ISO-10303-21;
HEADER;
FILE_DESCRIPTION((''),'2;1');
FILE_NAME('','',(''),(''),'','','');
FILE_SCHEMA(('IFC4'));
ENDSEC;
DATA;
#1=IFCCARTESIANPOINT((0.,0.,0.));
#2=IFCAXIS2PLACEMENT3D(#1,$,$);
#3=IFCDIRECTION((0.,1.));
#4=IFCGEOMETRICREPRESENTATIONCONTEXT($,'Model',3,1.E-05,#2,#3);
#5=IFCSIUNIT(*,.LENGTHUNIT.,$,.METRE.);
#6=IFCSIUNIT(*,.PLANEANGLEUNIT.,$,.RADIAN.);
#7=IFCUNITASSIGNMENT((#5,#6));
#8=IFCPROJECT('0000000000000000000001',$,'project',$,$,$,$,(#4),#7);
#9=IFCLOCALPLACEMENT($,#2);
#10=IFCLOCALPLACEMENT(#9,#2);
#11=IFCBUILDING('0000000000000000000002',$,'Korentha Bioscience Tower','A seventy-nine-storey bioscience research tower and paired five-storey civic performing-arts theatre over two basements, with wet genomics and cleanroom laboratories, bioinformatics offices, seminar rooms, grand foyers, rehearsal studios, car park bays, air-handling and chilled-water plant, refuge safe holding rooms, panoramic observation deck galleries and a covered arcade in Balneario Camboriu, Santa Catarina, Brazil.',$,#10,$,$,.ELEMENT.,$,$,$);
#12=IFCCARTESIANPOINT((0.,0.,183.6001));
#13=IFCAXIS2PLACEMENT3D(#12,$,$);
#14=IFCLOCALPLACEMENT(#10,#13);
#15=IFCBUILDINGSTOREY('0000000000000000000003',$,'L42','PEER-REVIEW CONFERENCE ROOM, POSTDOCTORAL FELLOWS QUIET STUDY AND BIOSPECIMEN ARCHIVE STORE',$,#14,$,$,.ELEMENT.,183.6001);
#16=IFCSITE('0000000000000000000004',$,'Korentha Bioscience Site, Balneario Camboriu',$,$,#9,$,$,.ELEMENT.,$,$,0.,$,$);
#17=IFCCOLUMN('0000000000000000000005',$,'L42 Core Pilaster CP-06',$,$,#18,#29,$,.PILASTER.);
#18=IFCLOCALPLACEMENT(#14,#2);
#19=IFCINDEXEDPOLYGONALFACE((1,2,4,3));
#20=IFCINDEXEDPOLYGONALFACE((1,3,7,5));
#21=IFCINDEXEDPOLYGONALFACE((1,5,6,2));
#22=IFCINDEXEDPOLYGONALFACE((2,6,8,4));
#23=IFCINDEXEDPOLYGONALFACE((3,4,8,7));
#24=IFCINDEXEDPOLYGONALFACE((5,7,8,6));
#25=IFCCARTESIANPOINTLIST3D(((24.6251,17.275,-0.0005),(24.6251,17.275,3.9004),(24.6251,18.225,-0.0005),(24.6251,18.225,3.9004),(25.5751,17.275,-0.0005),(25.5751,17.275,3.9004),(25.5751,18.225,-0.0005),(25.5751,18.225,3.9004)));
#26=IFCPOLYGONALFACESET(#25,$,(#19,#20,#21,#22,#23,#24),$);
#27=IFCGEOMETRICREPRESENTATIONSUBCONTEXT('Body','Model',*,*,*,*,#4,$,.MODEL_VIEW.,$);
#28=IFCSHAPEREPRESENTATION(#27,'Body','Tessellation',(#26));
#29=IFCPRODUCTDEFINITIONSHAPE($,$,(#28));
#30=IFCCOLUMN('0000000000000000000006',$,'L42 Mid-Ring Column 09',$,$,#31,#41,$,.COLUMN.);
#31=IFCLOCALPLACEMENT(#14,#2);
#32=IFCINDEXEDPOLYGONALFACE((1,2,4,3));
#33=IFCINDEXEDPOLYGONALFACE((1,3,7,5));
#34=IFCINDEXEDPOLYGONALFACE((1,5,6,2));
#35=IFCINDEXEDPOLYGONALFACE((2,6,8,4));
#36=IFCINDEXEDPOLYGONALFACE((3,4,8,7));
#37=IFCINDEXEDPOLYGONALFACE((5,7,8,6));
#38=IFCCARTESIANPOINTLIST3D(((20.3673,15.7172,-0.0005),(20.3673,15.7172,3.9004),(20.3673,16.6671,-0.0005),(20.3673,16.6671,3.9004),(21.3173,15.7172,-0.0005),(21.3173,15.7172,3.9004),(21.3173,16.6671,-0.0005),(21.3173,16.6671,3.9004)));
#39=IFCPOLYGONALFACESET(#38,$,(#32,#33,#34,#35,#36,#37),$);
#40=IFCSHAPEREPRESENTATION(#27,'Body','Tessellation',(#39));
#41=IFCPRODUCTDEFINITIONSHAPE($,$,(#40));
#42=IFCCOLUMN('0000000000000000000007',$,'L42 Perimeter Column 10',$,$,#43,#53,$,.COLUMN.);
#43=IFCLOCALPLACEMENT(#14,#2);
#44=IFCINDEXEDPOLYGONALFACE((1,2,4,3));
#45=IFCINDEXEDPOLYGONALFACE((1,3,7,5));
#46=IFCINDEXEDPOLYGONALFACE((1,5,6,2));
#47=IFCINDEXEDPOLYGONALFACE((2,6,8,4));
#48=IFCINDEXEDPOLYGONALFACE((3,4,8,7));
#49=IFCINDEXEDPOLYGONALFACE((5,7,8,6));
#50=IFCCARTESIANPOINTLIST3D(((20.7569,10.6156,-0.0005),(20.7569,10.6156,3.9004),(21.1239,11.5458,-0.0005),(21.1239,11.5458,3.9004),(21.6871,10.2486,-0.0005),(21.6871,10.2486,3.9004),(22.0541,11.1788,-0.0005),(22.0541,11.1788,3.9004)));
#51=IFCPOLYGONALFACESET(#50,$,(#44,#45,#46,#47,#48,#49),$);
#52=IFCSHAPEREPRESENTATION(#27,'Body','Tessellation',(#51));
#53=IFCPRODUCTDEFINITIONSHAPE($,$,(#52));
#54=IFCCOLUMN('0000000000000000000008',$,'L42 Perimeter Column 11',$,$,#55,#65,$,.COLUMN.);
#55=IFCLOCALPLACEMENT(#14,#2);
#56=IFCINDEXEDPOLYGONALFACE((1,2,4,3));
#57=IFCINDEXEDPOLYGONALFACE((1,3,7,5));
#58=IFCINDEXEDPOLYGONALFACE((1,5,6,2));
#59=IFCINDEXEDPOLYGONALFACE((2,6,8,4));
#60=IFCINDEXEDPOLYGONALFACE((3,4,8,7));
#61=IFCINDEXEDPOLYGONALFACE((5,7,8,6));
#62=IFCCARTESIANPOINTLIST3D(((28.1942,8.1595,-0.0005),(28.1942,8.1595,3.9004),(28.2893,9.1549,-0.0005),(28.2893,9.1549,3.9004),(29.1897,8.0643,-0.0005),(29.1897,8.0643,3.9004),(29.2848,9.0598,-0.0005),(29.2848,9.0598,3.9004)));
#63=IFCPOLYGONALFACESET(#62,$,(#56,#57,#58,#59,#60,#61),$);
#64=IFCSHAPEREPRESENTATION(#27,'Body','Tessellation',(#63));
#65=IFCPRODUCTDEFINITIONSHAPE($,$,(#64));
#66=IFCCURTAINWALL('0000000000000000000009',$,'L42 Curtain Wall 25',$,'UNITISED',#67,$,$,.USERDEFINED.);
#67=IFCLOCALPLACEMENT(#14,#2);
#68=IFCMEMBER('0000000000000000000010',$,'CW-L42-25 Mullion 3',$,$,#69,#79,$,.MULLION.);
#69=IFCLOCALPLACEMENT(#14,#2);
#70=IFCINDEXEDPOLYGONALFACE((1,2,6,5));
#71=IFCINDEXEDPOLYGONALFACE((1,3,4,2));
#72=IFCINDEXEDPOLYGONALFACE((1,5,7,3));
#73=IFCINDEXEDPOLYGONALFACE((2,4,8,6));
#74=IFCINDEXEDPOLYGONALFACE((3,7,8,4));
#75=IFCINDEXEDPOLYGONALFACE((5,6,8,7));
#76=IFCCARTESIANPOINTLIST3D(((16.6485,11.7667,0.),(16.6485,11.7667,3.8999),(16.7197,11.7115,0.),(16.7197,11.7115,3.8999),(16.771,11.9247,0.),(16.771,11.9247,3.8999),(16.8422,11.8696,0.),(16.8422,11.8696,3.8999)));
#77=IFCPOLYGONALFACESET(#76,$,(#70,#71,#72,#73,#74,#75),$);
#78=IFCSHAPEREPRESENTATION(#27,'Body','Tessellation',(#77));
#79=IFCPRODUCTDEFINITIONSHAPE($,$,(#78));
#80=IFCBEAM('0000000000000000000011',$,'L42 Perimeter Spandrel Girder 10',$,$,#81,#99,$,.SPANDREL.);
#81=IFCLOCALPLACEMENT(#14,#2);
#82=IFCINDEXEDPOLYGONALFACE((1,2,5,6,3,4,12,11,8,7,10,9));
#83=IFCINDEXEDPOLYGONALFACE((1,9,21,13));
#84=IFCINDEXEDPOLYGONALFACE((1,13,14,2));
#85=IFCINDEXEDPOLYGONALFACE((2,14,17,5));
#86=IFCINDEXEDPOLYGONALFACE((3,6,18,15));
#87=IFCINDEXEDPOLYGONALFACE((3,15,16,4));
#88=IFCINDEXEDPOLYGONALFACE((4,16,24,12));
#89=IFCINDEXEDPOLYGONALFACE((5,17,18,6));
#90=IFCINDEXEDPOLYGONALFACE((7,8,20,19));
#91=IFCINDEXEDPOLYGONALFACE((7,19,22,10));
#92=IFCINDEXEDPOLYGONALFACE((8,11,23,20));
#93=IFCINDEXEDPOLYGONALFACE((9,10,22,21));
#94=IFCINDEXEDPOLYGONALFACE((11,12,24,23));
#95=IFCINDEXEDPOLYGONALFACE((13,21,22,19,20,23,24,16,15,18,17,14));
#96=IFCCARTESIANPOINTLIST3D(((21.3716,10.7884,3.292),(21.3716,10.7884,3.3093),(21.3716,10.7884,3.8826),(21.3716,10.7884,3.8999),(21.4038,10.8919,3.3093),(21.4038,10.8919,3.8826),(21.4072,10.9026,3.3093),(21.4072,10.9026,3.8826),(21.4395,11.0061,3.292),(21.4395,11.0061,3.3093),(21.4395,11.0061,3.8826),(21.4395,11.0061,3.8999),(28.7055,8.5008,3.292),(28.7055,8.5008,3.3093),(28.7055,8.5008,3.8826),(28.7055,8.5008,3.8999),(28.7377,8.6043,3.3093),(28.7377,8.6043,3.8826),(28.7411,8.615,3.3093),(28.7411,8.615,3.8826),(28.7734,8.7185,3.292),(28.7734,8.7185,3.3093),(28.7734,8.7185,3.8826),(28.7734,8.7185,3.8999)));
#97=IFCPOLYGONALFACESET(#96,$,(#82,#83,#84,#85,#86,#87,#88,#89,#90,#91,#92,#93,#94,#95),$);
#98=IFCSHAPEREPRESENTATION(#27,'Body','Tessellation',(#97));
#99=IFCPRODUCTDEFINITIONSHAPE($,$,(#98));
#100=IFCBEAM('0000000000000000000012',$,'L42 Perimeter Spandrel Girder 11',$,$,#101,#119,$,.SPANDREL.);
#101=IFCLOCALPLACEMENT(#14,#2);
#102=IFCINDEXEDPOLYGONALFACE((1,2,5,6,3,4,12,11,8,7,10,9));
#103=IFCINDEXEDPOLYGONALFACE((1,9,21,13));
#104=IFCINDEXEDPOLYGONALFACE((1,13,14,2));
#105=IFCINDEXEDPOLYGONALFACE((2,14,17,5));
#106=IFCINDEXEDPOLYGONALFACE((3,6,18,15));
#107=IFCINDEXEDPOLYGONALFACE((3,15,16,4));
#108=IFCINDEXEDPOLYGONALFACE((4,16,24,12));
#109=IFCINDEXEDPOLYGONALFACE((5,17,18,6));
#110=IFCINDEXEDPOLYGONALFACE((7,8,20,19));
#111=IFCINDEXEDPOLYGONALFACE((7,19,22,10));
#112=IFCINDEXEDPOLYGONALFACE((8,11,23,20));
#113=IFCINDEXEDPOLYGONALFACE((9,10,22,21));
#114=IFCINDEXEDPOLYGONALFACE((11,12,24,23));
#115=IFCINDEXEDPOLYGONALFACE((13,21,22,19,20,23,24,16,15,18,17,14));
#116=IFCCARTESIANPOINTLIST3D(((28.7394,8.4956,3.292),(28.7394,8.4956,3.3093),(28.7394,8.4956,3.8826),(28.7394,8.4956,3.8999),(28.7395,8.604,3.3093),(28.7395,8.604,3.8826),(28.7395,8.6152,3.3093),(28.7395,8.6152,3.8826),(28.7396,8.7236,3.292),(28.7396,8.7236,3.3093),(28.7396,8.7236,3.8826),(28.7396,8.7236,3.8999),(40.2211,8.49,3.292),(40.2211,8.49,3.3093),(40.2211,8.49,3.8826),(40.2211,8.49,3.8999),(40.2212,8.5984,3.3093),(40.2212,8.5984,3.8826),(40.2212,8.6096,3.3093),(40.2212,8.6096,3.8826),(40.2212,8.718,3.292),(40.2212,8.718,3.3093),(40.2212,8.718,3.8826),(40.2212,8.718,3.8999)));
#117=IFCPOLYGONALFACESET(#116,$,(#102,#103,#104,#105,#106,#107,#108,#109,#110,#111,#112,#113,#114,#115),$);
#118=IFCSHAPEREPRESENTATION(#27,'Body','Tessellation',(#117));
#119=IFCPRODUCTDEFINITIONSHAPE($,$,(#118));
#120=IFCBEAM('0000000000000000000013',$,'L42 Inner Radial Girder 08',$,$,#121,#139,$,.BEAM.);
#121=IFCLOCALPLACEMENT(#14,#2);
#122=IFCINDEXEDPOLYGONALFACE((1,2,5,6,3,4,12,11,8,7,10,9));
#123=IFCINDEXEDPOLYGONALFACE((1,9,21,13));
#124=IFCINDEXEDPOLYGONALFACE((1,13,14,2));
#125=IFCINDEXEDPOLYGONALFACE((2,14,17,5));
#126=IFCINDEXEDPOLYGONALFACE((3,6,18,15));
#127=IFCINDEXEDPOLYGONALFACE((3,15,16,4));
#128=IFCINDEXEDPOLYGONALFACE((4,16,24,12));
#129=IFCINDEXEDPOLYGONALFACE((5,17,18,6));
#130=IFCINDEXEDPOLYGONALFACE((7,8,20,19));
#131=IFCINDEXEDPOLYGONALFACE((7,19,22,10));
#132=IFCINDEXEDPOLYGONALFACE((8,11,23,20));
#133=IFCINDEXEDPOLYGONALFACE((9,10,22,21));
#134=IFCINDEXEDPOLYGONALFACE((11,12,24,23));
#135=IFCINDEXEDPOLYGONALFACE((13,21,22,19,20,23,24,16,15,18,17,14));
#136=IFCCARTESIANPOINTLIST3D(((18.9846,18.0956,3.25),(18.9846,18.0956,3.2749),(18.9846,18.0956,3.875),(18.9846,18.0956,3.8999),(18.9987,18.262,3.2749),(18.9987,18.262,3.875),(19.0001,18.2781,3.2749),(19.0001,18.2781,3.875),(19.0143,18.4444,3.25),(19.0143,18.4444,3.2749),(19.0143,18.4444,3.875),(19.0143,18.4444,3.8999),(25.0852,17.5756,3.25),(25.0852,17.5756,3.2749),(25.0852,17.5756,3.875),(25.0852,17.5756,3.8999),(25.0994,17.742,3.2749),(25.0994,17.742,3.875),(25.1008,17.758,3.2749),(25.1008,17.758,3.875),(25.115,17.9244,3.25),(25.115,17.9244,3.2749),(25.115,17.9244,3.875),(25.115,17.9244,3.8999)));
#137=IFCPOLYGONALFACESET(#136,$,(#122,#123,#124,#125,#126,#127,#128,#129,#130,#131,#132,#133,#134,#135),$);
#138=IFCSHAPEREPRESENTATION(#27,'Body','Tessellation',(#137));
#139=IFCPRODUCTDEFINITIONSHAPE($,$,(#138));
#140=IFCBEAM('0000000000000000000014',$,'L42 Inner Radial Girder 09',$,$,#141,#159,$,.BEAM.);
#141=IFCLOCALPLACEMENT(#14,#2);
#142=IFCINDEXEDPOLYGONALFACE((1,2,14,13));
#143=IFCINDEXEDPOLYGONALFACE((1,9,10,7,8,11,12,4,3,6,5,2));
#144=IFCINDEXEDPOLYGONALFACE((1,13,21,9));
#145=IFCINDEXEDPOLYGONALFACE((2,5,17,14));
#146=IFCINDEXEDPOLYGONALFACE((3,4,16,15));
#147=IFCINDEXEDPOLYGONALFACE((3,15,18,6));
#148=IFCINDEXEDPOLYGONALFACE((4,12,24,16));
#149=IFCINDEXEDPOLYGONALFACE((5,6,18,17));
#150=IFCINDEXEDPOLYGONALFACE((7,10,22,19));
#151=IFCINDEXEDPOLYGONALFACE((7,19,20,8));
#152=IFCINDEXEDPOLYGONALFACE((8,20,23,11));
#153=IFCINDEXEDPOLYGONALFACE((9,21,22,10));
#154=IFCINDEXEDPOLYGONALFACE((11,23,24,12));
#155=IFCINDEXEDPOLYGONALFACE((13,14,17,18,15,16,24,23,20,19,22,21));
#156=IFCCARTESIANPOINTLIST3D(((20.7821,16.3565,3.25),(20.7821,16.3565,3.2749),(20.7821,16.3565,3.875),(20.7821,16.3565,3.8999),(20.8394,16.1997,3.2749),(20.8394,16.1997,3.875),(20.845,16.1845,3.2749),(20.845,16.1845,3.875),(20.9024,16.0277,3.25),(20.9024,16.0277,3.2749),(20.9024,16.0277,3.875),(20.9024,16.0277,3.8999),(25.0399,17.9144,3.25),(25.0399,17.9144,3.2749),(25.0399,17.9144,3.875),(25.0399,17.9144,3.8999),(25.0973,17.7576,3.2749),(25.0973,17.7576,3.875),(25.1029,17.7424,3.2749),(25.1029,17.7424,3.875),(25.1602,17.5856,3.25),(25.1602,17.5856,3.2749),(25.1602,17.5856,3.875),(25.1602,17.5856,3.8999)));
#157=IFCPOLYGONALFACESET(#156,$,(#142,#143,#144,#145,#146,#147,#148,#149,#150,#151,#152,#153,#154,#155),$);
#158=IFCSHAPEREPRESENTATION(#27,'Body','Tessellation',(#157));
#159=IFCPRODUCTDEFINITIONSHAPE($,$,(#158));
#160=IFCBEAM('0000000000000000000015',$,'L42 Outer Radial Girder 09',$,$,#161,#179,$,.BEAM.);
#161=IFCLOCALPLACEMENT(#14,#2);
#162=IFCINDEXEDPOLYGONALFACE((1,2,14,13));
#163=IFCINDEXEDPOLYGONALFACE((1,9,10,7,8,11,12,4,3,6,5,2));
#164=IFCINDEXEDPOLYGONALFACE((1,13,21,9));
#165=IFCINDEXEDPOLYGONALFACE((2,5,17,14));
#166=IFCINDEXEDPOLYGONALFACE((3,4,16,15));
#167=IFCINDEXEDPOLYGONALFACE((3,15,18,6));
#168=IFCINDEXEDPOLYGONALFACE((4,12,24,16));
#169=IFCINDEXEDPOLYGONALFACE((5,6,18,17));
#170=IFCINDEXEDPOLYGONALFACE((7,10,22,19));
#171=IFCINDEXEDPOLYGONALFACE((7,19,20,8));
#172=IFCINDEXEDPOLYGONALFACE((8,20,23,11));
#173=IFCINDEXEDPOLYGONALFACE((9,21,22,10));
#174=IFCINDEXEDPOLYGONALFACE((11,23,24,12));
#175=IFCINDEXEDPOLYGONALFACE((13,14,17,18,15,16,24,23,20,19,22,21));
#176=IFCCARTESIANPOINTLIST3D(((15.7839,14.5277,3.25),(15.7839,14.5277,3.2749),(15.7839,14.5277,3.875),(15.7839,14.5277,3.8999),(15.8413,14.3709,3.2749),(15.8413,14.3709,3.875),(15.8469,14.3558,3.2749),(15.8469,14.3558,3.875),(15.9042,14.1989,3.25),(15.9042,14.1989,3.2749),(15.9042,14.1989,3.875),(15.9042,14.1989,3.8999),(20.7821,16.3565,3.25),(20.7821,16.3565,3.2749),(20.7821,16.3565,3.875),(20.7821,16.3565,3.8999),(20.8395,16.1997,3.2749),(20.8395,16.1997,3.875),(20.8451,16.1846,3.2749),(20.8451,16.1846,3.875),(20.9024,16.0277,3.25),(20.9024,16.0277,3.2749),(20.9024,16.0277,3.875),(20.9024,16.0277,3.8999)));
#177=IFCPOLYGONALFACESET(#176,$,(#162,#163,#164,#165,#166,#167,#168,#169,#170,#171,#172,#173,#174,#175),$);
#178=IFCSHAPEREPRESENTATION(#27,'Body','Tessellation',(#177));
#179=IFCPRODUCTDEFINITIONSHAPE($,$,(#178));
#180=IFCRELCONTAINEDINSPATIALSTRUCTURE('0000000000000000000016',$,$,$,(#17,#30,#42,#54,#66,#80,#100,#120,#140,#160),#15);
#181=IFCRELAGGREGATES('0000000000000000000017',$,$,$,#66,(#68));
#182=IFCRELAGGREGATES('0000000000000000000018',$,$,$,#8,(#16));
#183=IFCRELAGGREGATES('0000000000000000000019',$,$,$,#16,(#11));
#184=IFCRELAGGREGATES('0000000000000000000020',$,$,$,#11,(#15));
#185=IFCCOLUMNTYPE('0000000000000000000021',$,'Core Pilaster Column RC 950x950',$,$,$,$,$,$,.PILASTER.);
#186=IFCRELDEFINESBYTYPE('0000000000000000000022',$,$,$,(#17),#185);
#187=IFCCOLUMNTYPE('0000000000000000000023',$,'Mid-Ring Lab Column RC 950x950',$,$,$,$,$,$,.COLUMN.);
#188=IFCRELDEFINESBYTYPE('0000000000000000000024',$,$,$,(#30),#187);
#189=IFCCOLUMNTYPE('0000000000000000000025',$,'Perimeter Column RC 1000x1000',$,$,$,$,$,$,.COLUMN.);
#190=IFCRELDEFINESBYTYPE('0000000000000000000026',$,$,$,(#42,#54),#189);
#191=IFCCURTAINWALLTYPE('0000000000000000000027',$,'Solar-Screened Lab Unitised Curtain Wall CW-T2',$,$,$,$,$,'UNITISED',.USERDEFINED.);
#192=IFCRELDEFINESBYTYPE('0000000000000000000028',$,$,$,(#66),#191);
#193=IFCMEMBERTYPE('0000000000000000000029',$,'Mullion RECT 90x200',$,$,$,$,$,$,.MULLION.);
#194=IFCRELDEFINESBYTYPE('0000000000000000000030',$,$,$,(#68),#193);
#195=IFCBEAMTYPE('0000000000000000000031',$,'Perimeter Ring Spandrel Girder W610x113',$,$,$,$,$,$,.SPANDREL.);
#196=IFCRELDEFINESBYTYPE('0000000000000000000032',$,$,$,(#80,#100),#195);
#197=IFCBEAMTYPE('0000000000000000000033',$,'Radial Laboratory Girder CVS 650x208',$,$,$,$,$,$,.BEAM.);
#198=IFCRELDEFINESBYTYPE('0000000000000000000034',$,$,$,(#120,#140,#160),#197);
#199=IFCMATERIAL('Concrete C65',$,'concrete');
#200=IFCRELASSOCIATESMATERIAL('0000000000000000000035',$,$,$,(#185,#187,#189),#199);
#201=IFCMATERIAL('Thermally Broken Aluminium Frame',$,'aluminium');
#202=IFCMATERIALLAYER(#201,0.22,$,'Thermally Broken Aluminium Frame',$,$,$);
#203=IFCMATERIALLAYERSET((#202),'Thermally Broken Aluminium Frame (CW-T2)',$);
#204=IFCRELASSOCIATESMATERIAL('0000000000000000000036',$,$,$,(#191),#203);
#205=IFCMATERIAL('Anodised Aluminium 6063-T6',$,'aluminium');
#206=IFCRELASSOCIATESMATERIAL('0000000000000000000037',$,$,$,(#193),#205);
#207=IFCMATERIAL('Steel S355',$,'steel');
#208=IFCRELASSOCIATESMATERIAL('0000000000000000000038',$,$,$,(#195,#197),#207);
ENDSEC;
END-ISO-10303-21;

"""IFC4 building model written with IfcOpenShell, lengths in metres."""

from ifc_helpers import new_model, si_unit, direction, frame, origin, origin_2d, place, context, subcontext, project, spatial, rectangle, i_section, extrude, material, layer, layer_set, material_profile, profile_set, type_object, element, aggregate, save


model = new_model("IFC4")

# Units and contexts
model_context = context("Model", 3, precision=1e-05, world=origin(), true_north=direction((0.0, 1.0)))
body_context = subcontext(model_context, "Body", "Model", "MODEL_VIEW")
ifc_project = project(units=[si_unit("LENGTHUNIT", "METRE"), si_unit("PLANEANGLEUNIT", "RADIAN")], contexts=[model_context])

# Site, building, storey
site_placement = place(None, origin())
site = spatial("IfcSite", under=ifc_project, at=site_placement, Name="Korentha Bioscience Site, Balneario Camboriu", CompositionType="ELEMENT", RefElevation=0.0)
building_placement = place(site_placement, origin())
building = spatial("IfcBuilding", under=site, at=building_placement, Name="Korentha Bioscience Tower", Description="A seventy-nine-storey bioscience research tower and paired five-storey civic performing-arts theatre over two basements, with wet genomics and cleanroom laboratories, bioinformatics offices, seminar rooms, grand foyers, rehearsal studios, car park bays, air-handling and chilled-water plant, refuge safe holding rooms, panoramic observation deck galleries and a covered arcade in Balneario Camboriu, Santa Catarina, Brazil.", CompositionType="ELEMENT")
storey_placement = place(building_placement, frame((0.0, 0.0, 183.6001)))
storey = spatial("IfcBuildingStorey", under=building, at=storey_placement, Name="L42", Description="PEER-REVIEW CONFERENCE ROOM, POSTDOCTORAL FELLOWS QUIET STUDY AND BIOSPECIMEN ARCHIVE STORE", CompositionType="ELEMENT", Elevation=183.6001)

# Columns
ifc_material_1 = material(Name="Concrete C65", Category="concrete")
ifc_material_profile_1 = material_profile(ifc_material_1, rectangle(XDim=0.95, YDim=0.95, at=origin_2d()), Name="Concrete C65")
ifc_profile_set_1 = profile_set([ifc_material_profile_1], Name="Concrete C65 (COL-CP09)")
column_type_1 = type_object("IfcColumnType", Name="Core Pilaster Column RC 950x950", PredefinedType="PILASTER", material=ifc_profile_set_1)
column_1_placement = place(storey_placement, frame((25.1001, 17.75, -0.0005), z_axis=(0.0, 0.0, 1.0), x_axis=(1.0, 0.0, 0.0)))
element("IfcColumn", 1, at=column_1_placement, inside=storey, type_object=column_type_1, Name="L42 Core Pilaster CP-06", PredefinedType="PILASTER", context=body_context, shape_type="SweptSolid", body=[
    extrude(rectangle(XDim=0.95, YDim=0.95, at=origin_2d()), origin(), (0.0, 0.0, 1.0), 3.9009),
])
ifc_material_profile_2 = material_profile(ifc_material_1, rectangle(XDim=0.95, YDim=0.95, at=origin_2d()), Name="Concrete C65")
ifc_profile_set_2 = profile_set([ifc_material_profile_2], Name="Concrete C65 (COL-MR09)")
column_type_2 = type_object("IfcColumnType", Name="Mid-Ring Lab Column RC 950x950", PredefinedType="COLUMN", material=ifc_profile_set_2)
column_2_placement = place(storey_placement, frame((20.8423, 16.1921, -0.0005), z_axis=(0.0, 0.0, 1.0), x_axis=(1.0, 0.0, 0.0)))
element("IfcColumn", 2, at=column_2_placement, inside=storey, type_object=column_type_2, Name="L42 Mid-Ring Column 09", PredefinedType="COLUMN", context=body_context, shape_type="SweptSolid", body=[
    extrude(rectangle(XDim=0.95, YDim=0.95, at=origin_2d()), origin(), (0.0, 0.0, 1.0), 3.9009),
])
ifc_material_profile_3 = material_profile(ifc_material_1, rectangle(XDim=1.0, YDim=1.0, at=origin_2d()), Name="Concrete C65")
ifc_profile_set_3 = profile_set([ifc_material_profile_3], Name="Concrete C65 (COL-P10)")
column_type_3 = type_object("IfcColumnType", Name="Perimeter Column RC 1000x1000", PredefinedType="COLUMN", material=ifc_profile_set_3)
for number, where, z_axis, x_axis, name in (
    (3, (21.4055, 10.8972, -0.0005), (0.0, 0.0, 1.0), (-0.930226, 0.366988, 0.0), "L42 Perimeter Column 10"),
    (4, (28.7395, 8.6096, -0.0005), (0.0, 0.0, 1.0), (-0.995463, 0.095151, 0.0), "L42 Perimeter Column 11"),
):
    element("IfcColumn", number, at=place(storey_placement, frame(where, z_axis=z_axis, x_axis=x_axis)), inside=storey, type_object=column_type_3, Name=name, PredefinedType="COLUMN", context=body_context, shape_type="SweptSolid", body=[
        extrude(rectangle(XDim=1.0, YDim=1.0, at=origin_2d()), origin(), (0.0, 0.0, 1.0), 3.9009),
    ])

# Curtain wall, member
ifc_material_2 = material(Name="Thermally Broken Aluminium Frame", Category="aluminium")
ifc_layer_1 = layer(ifc_material_2, 0.22, Name="Thermally Broken Aluminium Frame")
ifc_layer_set_1 = layer_set([ifc_layer_1], Name="Thermally Broken Aluminium Frame (CW-T2)")
curtain_wall_type = type_object("IfcCurtainWallType", Name="Solar-Screened Lab Unitised Curtain Wall CW-T2", ElementType="UNITISED", PredefinedType="USERDEFINED", material=ifc_layer_set_1)
curtain_wall_placement = place(storey_placement, origin())
curtain_wall = element("IfcCurtainWall", 5, at=curtain_wall_placement, inside=storey, type_object=curtain_wall_type, Name="L42 Curtain Wall 25", ObjectType="UNITISED", PredefinedType="USERDEFINED")
ifc_material_3 = material(Name="Anodised Aluminium 6063-T6", Category="aluminium")
ifc_material_profile_4 = material_profile(ifc_material_3, rectangle(XDim=0.0901, YDim=0.2, at=origin_2d()), Name="Anodised Aluminium 6063-T6")
ifc_profile_set_4 = profile_set([ifc_material_profile_4], Name="Anodised Aluminium 6063-T6 (CW-MUL)")
member_type = type_object("IfcMemberType", Name="Mullion RECT 90x200", PredefinedType="MULLION", material=ifc_profile_set_4)
member_placement = place(storey_placement, frame((16.7454, 11.8181, 0.0), z_axis=(0.0, 0.0, 1.0), x_axis=(0.790547, -0.612402, 0.0)))
member = element("IfcMember", 6, at=member_placement, type_object=member_type, Name="CW-L42-25 Mullion 3", PredefinedType="MULLION", context=body_context, shape_type="SweptSolid", body=[
    extrude(rectangle(XDim=0.0901, YDim=0.2, at=origin_2d()), origin(), (0.0, 0.0, 1.0), 3.8999),
])
aggregate(curtain_wall, [member])

# Beams
ifc_material_4 = material(Name="Steel S355", Category="steel")
ifc_material_profile_5 = material_profile(ifc_material_4, i_section(OverallWidth=0.228, OverallDepth=0.6079, WebThickness=0.0112, FlangeThickness=0.0173, at=origin_2d()), Name="Steel S355")
ifc_profile_set_5 = profile_set([ifc_material_profile_5], Name="Steel S355 (SB-610)")
beam_type_1 = type_object("IfcBeamType", Name="Perimeter Ring Spandrel Girder W610x113", PredefinedType="SPANDREL", material=ifc_profile_set_5)
beam_1_placement = place(storey_placement, frame((21.4055, 10.8972, 3.5959), z_axis=(0.954638, -0.297768, 0.0), x_axis=(0.297768, 0.954638, 0.0)))
element("IfcBeam", 7, at=beam_1_placement, inside=storey, type_object=beam_type_1, Name="L42 Perimeter Spandrel Girder 10", PredefinedType="SPANDREL", context=body_context, shape_type="SweptSolid", body=[
    extrude(i_section(OverallWidth=0.228, OverallDepth=0.6079, WebThickness=0.0112, FlangeThickness=0.0173, at=origin_2d()), origin(), (0.0, 0.0, 1.0), 7.6824),
])
beam_2_placement = place(storey_placement, frame((28.7395, 8.6096, 3.5959), z_axis=(1.0, -0.000489, 0.0), x_axis=(0.000489, 1.0, 0.0)))
element("IfcBeam", 8, at=beam_2_placement, inside=storey, type_object=beam_type_1, Name="L42 Perimeter Spandrel Girder 11", PredefinedType="SPANDREL", context=body_context, shape_type="SweptSolid", body=[
    extrude(i_section(OverallWidth=0.228, OverallDepth=0.6079, WebThickness=0.0112, FlangeThickness=0.0173, at=origin_2d()), origin(), (0.0, 0.0, 1.0), 11.4817),
])
ifc_material_profile_6 = material_profile(ifc_material_4, i_section(OverallWidth=0.3501, OverallDepth=0.6499, WebThickness=0.0161, FlangeThickness=0.0249, at=origin_2d()), Name="Steel S355")
ifc_profile_set_6 = profile_set([ifc_material_profile_6], Name="Steel S355 (RB-650)")
beam_type_2 = type_object("IfcBeamType", Name="Radial Laboratory Girder CVS 650x208", PredefinedType="BEAM", material=ifc_profile_set_6)
beam_3_placement = place(storey_placement, frame((25.1001, 17.75, 3.575), z_axis=(-0.996387, 0.084933, 0.0), x_axis=(-0.084933, -0.996387, 0.0)))
element("IfcBeam", 9, at=beam_3_placement, inside=storey, type_object=beam_type_2, Name="L42 Inner Radial Girder 08", PredefinedType="BEAM", context=body_context, shape_type="SweptSolid", body=[
    extrude(i_section(OverallWidth=0.3501, OverallDepth=0.6499, WebThickness=0.0161, FlangeThickness=0.0249, at=origin_2d()), origin(), (0.0, 0.0, 1.0), 6.1228),
])
beam_4_placement = place(storey_placement, frame((25.1001, 17.75, 3.575), z_axis=(-0.939114, -0.343606, 0.0), x_axis=(0.343606, -0.939114, 0.0)))
element("IfcBeam", 10, at=beam_4_placement, inside=storey, type_object=beam_type_2, Name="L42 Inner Radial Girder 09", PredefinedType="BEAM", context=body_context, shape_type="SweptSolid", body=[
    extrude(i_section(OverallWidth=0.3501, OverallDepth=0.6499, WebThickness=0.0161, FlangeThickness=0.0249, at=origin_2d()), origin(), (0.0, 0.0, 1.0), 4.5339),
])
beam_5_placement = place(storey_placement, frame((20.8423, 16.1921, 3.575), z_axis=(-0.93911, -0.343617, 0.0), x_axis=(0.343617, -0.93911, 0.0)))
element("IfcBeam", 11, at=beam_5_placement, inside=storey, type_object=beam_type_2, Name="L42 Outer Radial Girder 09", PredefinedType="BEAM", context=body_context, shape_type="SweptSolid", body=[
    extrude(i_section(OverallWidth=0.3501, OverallDepth=0.6499, WebThickness=0.0161, FlangeThickness=0.0249, at=origin_2d()), origin(), (0.0, 0.0, 1.0), 5.3223),
])

save(model, "model.ifc")
